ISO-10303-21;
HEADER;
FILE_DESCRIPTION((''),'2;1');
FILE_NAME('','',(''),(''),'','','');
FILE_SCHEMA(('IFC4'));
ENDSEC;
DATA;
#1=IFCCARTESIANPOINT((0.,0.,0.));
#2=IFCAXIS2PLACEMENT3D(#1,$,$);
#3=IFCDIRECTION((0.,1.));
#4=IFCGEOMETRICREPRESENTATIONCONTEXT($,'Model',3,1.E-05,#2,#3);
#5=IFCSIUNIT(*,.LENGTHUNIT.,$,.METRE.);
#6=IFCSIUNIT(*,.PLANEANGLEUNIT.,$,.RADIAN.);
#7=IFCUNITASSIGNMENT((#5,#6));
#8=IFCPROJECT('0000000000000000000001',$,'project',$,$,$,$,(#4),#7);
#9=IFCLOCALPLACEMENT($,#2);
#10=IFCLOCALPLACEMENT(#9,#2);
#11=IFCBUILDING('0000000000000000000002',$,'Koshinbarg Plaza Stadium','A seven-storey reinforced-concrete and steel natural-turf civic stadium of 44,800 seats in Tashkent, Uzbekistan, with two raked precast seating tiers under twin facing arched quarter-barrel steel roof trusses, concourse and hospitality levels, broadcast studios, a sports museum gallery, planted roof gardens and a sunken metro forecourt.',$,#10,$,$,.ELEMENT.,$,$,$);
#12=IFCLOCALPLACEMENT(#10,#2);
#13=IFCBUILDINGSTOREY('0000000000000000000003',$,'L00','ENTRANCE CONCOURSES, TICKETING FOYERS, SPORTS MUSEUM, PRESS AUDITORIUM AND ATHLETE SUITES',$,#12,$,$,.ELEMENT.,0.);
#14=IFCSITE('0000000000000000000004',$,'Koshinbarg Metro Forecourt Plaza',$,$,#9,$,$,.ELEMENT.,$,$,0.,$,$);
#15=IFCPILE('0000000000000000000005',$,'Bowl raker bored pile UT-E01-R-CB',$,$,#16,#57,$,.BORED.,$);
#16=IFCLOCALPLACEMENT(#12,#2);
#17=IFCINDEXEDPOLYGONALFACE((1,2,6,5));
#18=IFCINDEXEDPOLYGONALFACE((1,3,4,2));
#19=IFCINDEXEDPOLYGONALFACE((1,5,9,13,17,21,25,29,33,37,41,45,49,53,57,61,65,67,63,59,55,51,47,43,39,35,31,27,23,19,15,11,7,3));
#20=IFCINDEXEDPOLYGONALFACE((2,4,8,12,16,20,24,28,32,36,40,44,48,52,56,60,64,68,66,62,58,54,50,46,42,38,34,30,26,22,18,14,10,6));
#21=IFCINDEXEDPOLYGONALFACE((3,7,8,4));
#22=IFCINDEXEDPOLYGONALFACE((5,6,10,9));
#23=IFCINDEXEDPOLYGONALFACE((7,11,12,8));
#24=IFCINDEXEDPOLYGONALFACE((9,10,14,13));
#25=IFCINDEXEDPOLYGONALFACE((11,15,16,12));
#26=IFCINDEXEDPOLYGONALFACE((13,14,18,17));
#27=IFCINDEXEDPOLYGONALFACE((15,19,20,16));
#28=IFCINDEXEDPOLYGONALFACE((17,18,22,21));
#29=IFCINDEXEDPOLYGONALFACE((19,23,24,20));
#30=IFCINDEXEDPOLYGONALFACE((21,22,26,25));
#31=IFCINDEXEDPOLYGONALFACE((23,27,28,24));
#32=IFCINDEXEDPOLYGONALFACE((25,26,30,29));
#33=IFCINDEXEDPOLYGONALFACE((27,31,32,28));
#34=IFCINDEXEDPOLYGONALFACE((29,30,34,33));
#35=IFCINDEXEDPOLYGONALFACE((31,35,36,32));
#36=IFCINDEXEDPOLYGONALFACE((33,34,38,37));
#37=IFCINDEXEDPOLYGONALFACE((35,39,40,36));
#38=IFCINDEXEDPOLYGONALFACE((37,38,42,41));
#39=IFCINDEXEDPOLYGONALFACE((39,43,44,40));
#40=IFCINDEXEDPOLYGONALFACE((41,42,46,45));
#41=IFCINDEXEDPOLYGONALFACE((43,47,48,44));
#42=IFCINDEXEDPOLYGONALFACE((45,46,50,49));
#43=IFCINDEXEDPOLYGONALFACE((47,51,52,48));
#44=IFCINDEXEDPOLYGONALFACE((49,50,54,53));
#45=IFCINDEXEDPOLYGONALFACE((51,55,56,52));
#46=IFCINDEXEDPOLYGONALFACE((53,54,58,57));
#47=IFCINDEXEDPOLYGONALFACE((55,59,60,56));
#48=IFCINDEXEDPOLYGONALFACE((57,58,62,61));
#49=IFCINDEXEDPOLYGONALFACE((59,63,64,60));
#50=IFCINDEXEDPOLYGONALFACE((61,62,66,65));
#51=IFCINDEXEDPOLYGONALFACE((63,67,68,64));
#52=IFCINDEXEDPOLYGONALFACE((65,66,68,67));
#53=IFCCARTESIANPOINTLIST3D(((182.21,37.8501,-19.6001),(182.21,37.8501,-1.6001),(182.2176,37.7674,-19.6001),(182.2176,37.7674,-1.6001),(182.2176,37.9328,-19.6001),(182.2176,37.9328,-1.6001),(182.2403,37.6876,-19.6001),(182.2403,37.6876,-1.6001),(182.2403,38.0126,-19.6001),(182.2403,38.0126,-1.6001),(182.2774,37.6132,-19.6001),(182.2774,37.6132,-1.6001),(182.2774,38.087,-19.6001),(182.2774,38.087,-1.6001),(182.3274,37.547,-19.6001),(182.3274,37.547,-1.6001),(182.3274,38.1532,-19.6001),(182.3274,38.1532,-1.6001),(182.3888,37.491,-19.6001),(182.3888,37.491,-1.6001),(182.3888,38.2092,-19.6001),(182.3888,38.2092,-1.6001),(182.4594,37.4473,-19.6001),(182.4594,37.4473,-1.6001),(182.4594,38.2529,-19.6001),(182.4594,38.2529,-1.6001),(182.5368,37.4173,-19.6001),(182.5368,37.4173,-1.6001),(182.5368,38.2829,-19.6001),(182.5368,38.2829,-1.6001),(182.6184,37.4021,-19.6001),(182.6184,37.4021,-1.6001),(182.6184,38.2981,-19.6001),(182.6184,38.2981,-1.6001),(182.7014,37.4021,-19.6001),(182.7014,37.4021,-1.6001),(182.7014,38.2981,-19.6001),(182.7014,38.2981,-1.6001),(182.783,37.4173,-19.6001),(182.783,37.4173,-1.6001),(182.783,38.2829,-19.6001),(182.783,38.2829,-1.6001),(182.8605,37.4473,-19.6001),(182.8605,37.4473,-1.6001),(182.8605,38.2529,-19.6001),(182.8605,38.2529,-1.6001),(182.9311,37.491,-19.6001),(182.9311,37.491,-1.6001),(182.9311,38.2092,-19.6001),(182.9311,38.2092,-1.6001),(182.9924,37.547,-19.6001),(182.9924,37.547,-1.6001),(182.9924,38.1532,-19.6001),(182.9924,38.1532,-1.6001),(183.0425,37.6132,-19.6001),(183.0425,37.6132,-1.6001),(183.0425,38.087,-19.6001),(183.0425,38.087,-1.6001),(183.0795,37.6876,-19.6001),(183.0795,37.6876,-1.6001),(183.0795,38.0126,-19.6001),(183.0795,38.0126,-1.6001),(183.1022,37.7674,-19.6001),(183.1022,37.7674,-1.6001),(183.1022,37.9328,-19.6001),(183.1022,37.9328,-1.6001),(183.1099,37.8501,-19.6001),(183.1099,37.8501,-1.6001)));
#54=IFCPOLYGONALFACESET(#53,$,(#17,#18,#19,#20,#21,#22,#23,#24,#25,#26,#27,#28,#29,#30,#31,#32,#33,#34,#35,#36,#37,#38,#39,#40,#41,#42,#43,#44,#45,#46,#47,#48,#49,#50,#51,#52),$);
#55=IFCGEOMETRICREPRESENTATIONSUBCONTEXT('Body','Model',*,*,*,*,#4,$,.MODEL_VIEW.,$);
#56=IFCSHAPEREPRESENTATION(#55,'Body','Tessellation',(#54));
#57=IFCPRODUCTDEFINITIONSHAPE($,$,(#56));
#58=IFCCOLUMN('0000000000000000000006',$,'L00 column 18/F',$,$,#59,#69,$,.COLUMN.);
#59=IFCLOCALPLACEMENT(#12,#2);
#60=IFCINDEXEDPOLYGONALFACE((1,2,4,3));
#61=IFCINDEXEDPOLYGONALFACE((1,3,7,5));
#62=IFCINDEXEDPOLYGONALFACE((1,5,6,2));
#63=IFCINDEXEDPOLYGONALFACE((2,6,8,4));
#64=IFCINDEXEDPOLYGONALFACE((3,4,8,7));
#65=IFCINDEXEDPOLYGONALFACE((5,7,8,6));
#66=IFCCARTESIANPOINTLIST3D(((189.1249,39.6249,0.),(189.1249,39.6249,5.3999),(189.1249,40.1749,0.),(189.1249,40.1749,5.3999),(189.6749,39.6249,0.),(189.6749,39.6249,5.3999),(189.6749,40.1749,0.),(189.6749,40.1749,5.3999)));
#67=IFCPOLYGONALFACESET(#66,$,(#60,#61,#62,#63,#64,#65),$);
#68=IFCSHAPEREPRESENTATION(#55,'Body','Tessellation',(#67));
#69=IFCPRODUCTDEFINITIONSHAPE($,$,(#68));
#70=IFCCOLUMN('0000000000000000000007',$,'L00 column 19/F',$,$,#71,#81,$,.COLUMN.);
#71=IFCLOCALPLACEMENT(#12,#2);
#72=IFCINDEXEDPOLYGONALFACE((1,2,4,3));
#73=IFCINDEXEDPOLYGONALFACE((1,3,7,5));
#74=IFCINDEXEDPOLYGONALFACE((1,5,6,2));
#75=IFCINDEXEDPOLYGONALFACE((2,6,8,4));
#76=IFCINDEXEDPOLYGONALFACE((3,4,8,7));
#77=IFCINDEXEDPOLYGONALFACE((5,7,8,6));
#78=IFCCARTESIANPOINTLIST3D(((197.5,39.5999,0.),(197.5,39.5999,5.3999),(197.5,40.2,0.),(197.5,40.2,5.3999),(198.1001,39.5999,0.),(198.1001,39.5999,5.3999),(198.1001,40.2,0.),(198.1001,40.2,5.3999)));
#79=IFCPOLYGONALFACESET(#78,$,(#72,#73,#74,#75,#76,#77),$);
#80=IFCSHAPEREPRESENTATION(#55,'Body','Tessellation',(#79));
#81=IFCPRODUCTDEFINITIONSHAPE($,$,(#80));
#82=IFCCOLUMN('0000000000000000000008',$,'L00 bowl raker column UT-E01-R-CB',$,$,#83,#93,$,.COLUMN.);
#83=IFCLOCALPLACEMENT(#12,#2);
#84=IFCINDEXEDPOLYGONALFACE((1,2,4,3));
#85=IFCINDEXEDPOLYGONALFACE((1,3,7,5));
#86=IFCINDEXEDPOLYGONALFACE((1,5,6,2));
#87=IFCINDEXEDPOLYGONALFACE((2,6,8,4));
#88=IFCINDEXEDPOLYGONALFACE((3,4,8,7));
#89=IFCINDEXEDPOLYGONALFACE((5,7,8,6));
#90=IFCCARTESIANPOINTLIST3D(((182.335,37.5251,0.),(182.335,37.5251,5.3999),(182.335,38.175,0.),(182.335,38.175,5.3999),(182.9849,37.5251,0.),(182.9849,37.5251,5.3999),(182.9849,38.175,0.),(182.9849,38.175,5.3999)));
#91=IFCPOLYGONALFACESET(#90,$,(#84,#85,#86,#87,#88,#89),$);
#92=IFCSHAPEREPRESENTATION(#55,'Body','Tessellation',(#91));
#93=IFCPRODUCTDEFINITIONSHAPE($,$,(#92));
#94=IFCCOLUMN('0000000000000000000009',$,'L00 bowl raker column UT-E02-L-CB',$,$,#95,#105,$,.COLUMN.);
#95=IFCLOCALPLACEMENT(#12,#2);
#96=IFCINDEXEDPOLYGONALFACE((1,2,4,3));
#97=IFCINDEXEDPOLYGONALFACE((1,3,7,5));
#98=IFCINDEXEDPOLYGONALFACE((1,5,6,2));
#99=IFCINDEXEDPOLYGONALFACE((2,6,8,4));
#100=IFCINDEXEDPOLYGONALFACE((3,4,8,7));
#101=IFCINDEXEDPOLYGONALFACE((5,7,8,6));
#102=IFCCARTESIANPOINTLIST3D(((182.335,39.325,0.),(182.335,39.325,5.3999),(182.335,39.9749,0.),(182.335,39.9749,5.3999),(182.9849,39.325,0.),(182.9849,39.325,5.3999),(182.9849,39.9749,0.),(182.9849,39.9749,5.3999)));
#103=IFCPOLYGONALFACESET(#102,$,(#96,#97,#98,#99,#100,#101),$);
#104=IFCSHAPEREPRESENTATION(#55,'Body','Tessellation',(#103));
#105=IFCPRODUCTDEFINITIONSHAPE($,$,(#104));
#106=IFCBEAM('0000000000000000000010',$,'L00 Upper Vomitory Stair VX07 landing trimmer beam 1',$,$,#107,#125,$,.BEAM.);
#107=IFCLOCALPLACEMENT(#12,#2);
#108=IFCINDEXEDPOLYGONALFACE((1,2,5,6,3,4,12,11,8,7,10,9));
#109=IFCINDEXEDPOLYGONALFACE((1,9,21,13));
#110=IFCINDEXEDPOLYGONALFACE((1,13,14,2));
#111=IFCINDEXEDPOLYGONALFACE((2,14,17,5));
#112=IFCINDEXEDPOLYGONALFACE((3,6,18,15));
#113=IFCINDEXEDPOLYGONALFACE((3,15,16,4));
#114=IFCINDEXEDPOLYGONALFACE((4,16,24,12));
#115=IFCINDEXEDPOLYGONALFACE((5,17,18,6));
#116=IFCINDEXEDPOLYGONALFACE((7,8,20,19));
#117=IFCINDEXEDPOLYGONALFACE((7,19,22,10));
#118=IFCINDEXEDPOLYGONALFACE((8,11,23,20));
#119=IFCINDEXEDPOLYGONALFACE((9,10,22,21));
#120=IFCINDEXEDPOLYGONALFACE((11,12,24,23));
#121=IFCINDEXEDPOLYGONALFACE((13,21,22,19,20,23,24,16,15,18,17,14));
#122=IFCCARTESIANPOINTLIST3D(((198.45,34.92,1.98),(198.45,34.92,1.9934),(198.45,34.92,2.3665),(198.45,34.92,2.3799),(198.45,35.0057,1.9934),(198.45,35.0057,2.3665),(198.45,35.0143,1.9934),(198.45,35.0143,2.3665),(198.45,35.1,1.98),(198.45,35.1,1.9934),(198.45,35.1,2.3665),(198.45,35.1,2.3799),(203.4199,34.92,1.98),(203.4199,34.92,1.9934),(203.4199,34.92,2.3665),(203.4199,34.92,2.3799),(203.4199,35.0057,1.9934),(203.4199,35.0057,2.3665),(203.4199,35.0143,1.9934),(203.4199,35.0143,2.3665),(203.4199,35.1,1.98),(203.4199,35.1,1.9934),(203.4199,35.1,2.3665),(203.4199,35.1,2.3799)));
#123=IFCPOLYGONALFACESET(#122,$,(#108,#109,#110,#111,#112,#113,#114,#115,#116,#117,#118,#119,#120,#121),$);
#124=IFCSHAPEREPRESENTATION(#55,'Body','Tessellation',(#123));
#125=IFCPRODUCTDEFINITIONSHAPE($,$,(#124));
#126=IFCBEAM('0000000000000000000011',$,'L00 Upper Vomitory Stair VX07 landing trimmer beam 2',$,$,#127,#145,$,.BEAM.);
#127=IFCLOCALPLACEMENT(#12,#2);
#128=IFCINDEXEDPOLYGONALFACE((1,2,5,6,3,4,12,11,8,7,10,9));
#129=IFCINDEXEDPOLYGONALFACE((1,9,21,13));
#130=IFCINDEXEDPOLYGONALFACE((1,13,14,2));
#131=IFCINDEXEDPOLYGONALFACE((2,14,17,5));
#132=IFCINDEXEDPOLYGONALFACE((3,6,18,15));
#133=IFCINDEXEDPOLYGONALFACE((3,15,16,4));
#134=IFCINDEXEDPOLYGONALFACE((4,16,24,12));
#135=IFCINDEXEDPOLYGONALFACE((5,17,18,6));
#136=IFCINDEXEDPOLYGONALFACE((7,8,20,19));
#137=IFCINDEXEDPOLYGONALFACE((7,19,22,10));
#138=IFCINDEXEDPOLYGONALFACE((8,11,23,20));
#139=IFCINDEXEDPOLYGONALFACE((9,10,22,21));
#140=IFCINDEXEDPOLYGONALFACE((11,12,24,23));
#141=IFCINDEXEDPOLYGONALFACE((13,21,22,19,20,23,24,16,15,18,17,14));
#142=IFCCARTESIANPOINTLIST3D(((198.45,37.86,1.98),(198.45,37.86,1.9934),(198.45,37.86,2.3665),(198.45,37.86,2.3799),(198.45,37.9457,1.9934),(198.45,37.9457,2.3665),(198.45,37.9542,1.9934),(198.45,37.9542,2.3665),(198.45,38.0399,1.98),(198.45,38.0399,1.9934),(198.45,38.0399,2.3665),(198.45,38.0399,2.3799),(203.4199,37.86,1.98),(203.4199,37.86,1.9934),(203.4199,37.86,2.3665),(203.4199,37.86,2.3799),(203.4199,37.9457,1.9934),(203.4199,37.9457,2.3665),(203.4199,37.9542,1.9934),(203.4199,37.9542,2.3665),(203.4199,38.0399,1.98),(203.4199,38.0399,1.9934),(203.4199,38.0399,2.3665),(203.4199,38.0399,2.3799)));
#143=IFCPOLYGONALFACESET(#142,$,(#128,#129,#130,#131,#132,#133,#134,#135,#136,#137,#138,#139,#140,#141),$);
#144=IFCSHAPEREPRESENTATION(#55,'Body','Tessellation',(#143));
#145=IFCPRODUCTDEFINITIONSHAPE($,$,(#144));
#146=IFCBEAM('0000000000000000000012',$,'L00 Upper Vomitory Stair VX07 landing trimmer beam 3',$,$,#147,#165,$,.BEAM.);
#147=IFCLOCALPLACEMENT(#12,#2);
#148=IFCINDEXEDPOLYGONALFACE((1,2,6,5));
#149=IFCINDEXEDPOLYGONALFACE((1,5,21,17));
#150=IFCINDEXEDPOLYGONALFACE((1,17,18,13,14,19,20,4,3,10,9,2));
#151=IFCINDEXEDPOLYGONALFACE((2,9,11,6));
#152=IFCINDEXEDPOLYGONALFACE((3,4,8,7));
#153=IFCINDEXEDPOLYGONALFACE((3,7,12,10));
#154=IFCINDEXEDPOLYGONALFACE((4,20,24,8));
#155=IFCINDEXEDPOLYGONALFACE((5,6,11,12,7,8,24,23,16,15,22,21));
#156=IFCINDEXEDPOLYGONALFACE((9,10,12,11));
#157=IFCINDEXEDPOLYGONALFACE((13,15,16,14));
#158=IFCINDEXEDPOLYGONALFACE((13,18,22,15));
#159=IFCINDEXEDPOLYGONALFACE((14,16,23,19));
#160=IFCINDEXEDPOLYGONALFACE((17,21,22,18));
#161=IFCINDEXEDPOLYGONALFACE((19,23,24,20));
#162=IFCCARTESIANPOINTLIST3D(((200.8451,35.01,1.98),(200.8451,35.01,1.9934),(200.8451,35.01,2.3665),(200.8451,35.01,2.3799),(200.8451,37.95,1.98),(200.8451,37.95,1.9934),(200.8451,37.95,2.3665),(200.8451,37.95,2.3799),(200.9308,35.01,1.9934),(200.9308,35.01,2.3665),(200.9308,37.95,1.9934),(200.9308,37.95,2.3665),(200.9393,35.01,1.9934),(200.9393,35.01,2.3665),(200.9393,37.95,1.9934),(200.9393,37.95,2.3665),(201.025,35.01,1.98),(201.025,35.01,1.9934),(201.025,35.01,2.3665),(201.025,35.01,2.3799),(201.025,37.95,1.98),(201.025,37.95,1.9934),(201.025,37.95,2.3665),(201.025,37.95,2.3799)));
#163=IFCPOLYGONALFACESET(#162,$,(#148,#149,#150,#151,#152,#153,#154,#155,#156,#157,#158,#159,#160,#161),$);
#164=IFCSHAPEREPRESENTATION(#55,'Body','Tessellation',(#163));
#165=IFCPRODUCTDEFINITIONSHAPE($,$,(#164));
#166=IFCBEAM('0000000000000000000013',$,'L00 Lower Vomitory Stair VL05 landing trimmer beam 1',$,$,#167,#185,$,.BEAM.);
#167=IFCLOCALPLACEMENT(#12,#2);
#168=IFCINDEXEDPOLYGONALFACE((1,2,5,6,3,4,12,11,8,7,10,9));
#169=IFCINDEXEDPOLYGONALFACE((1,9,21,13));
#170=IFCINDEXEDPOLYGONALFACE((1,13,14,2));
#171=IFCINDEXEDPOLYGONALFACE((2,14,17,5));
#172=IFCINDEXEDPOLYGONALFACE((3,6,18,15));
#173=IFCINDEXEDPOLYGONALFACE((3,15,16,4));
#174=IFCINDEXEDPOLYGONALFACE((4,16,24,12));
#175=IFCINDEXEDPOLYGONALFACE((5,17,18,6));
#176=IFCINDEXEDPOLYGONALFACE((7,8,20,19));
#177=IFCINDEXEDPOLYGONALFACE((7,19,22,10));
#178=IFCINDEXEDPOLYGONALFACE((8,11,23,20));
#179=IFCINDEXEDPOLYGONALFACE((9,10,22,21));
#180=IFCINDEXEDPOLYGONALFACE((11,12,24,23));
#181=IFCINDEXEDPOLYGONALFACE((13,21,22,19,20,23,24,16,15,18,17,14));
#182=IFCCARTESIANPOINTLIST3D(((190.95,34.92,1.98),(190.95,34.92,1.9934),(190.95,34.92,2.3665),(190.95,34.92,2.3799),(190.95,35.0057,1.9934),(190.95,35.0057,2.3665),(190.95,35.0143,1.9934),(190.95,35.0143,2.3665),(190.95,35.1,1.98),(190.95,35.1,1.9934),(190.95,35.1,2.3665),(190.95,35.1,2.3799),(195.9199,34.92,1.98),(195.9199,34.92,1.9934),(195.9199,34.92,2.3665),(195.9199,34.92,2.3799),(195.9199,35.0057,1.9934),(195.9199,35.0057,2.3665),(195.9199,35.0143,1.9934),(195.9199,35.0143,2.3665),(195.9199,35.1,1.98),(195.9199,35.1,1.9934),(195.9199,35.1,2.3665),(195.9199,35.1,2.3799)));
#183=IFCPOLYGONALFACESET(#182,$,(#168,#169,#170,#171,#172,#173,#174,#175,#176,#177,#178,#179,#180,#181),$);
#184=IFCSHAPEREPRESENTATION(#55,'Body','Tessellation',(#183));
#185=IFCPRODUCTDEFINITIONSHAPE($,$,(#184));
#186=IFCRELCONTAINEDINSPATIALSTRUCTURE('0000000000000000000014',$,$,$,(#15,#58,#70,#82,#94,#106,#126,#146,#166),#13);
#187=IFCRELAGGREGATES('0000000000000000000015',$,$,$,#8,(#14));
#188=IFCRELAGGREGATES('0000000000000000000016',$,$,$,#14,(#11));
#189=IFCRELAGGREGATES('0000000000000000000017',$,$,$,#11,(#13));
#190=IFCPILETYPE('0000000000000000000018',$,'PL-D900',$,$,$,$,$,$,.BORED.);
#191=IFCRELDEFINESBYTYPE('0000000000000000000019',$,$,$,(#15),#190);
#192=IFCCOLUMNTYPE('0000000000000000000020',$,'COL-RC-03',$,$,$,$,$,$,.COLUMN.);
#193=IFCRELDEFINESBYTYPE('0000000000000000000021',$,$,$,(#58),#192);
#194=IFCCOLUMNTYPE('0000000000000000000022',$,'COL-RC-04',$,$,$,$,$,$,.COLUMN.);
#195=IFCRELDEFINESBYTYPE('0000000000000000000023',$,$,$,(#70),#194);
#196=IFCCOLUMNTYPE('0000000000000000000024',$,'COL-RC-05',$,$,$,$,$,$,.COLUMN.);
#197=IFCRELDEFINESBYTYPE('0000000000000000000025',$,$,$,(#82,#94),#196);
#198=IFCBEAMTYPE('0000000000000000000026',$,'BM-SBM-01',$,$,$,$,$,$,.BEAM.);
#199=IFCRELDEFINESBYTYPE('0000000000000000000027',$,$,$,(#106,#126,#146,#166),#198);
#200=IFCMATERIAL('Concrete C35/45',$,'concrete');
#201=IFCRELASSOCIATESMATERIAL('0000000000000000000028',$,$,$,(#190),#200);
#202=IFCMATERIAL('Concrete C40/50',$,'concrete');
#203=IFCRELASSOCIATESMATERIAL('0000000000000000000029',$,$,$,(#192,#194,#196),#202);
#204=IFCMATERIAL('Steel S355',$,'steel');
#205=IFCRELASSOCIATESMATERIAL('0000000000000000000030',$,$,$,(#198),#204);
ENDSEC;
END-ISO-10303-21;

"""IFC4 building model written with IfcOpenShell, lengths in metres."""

from ifc_helpers import new_model, si_unit, direction, frame, origin, origin_2d, place, context, subcontext, project, spatial, rectangle, circle, i_section, extrude, material, material_profile, profile_set, type_object, element, save


model = new_model("IFC4")

# Units and contexts
model_context = context("Model", 3, precision=1e-05, world=origin(), true_north=direction((0.0, 1.0)))
body_context = subcontext(model_context, "Body", "Model", "MODEL_VIEW")
ifc_project = project(units=[si_unit("LENGTHUNIT", "METRE"), si_unit("PLANEANGLEUNIT", "RADIAN")], contexts=[model_context])

# Site, building, storey
site_placement = place(None, origin())
site = spatial("IfcSite", under=ifc_project, at=site_placement, Name="Koshinbarg Metro Forecourt Plaza", CompositionType="ELEMENT", RefElevation=0.0)
building_placement = place(site_placement, origin())
building = spatial("IfcBuilding", under=site, at=building_placement, Name="Koshinbarg Plaza Stadium", Description="A seven-storey reinforced-concrete and steel natural-turf civic stadium of 44,800 seats in Tashkent, Uzbekistan, with two raked precast seating tiers under twin facing arched quarter-barrel steel roof trusses, concourse and hospitality levels, broadcast studios, a sports museum gallery, planted roof gardens and a sunken metro forecourt.", CompositionType="ELEMENT")
storey_placement = place(building_placement, origin())
storey = spatial("IfcBuildingStorey", under=building, at=storey_placement, Name="L00", Description="ENTRANCE CONCOURSES, TICKETING FOYERS, SPORTS MUSEUM, PRESS AUDITORIUM AND ATHLETE SUITES", CompositionType="ELEMENT", Elevation=0.0)

# Shared definitions
ifc_material_1 = material(Name="Concrete C35/45", Category="concrete")

# Pile
ifc_material_profile_1 = material_profile(ifc_material_1, circle(Radius=0.45, at=origin_2d()), Name="PILE D900")
ifc_profile_set_1 = profile_set([ifc_material_profile_1], Name="Concrete C35/45")
pile_type_1 = type_object("IfcPileType", Name="PL-D900", PredefinedType="BORED", material=ifc_profile_set_1)
pile_1_placement = place(storey_placement, frame((182.6599, 37.8501, -1.6001), z_axis=(0.0, 0.0, -1.0), x_axis=(1.0, 0.0, 0.0)))
element("IfcPile", 1, at=pile_1_placement, inside=storey, type_object=pile_type_1, Name="Bowl raker bored pile UT-E01-R-CB", PredefinedType="BORED", context=body_context, shape_type="SweptSolid", body=[
    extrude(circle(Radius=0.45, at=origin_2d()), origin(), (0.0, 0.0, 1.0), 18.0),
])

# Columns
ifc_material_2 = material(Name="Concrete C40/50", Category="concrete")
ifc_material_profile_2 = material_profile(ifc_material_2, rectangle(XDim=0.55, YDim=0.55, at=origin_2d()), Name="RC 550x550")
ifc_profile_set_2 = profile_set([ifc_material_profile_2], Name="Concrete C40/50")
column_type_1 = type_object("IfcColumnType", Name="COL-RC-03", PredefinedType="COLUMN", material=ifc_profile_set_2)
column_1_placement = place(storey_placement, frame((189.3999, 39.8999, 0.0), z_axis=(0.0, 0.0, 1.0), x_axis=(1.0, 0.0, 0.0)))
element("IfcColumn", 2, at=column_1_placement, inside=storey, type_object=column_type_1, Name="L00 column 18/F", PredefinedType="COLUMN", context=body_context, shape_type="SweptSolid", body=[
    extrude(rectangle(XDim=0.55, YDim=0.55, at=origin_2d()), origin(), (0.0, 0.0, 1.0), 5.3999),
])
ifc_material_profile_3 = material_profile(ifc_material_2, rectangle(XDim=0.6001, YDim=0.6001, at=origin_2d()), Name="RC 600x600")
ifc_profile_set_3 = profile_set([ifc_material_profile_3], Name="Concrete C40/50")
column_type_2 = type_object("IfcColumnType", Name="COL-RC-04", PredefinedType="COLUMN", material=ifc_profile_set_3)
column_2_placement = place(storey_placement, frame((197.8, 39.8999, 0.0), z_axis=(0.0, 0.0, 1.0), x_axis=(1.0, 0.0, 0.0)))
element("IfcColumn", 3, at=column_2_placement, inside=storey, type_object=column_type_2, Name="L00 column 19/F", PredefinedType="COLUMN", context=body_context, shape_type="SweptSolid", body=[
    extrude(rectangle(XDim=0.6001, YDim=0.6001, at=origin_2d()), origin(), (0.0, 0.0, 1.0), 5.3999),
])
ifc_material_profile_4 = material_profile(ifc_material_2, rectangle(XDim=0.6499, YDim=0.6499, at=origin_2d()), Name="RC 650x650")
ifc_profile_set_4 = profile_set([ifc_material_profile_4], Name="Concrete C40/50")
column_type_3 = type_object("IfcColumnType", Name="COL-RC-05", PredefinedType="COLUMN", material=ifc_profile_set_4)
for number, where, z_axis, x_axis, name in (
    (4, (182.6599, 37.8501, 0.0), (0.0, 0.0, 1.0), (1.0, 0.0, 0.0), "L00 bowl raker column UT-E01-R-CB"),
    (5, (182.6599, 39.6499, 0.0), (0.0, 0.0, 1.0), (1.0, 0.0, 0.0), "L00 bowl raker column UT-E02-L-CB"),
):
    element("IfcColumn", number, at=place(storey_placement, frame(where, z_axis=z_axis, x_axis=x_axis)), inside=storey, type_object=column_type_3, Name=name, PredefinedType="COLUMN", context=body_context, shape_type="SweptSolid", body=[
        extrude(rectangle(XDim=0.6499, YDim=0.6499, at=origin_2d()), origin(), (0.0, 0.0, 1.0), 5.3999),
    ])

# Beams
ifc_material_3 = material(Name="Steel S355", Category="steel")
ifc_material_profile_5 = material_profile(ifc_material_3, i_section(OverallWidth=0.1799, OverallDepth=0.3999, WebThickness=0.0085, FlangeThickness=0.0134, at=origin_2d()), Name="IPE 400")
ifc_profile_set_5 = profile_set([ifc_material_profile_5], Name="Steel S355")
beam_type = type_object("IfcBeamType", Name="BM-SBM-01", PredefinedType="BEAM", material=ifc_profile_set_5)
for number, where, z_axis, x_axis, name in (
    (6, (198.45, 35.01, 2.1799), (1.0, 0.0, 0.0), (0.0, 1.0, 0.0), "L00 Upper Vomitory Stair VX07 landing trimmer beam 1"),
    (7, (198.45, 37.95, 2.1799), (1.0, 0.0, 0.0), (0.0, 1.0, 0.0), "L00 Upper Vomitory Stair VX07 landing trimmer beam 2"),
):
    element("IfcBeam", number, at=place(storey_placement, frame(where, z_axis=z_axis, x_axis=x_axis)), inside=storey, type_object=beam_type, Name=name, PredefinedType="BEAM", context=body_context, shape_type="SweptSolid", body=[
        extrude(i_section(OverallWidth=0.1799, OverallDepth=0.3999, WebThickness=0.0085, FlangeThickness=0.0134, at=origin_2d()), origin(), (0.0, 0.0, 1.0), 4.97),
    ])
beam_1_placement = place(storey_placement, frame((200.9351, 35.01, 2.1799), z_axis=(0.0, 1.0, 0.0), x_axis=(-1.0, 0.0, 0.0)))
element("IfcBeam", 8, at=beam_1_placement, inside=storey, type_object=beam_type, Name="L00 Upper Vomitory Stair VX07 landing trimmer beam 3", PredefinedType="BEAM", context=body_context, shape_type="SweptSolid", body=[
    extrude(i_section(OverallWidth=0.1799, OverallDepth=0.3999, WebThickness=0.0085, FlangeThickness=0.0134, at=origin_2d()), origin(), (0.0, 0.0, 1.0), 2.9399),
])
for number, where, z_axis, x_axis, name in (
    (9, (190.95, 35.01, 2.1799), (1.0, 0.0, 0.0), (0.0, 1.0, 0.0), "L00 Lower Vomitory Stair VL05 landing trimmer beam 1"),
):
    element("IfcBeam", number, at=place(storey_placement, frame(where, z_axis=z_axis, x_axis=x_axis)), inside=storey, type_object=beam_type, Name=name, PredefinedType="BEAM", context=body_context, shape_type="SweptSolid", body=[
        extrude(i_section(OverallWidth=0.1799, OverallDepth=0.3999, WebThickness=0.0085, FlangeThickness=0.0134, at=origin_2d()), origin(), (0.0, 0.0, 1.0), 4.97),
    ])

save(model, "model.ifc")
